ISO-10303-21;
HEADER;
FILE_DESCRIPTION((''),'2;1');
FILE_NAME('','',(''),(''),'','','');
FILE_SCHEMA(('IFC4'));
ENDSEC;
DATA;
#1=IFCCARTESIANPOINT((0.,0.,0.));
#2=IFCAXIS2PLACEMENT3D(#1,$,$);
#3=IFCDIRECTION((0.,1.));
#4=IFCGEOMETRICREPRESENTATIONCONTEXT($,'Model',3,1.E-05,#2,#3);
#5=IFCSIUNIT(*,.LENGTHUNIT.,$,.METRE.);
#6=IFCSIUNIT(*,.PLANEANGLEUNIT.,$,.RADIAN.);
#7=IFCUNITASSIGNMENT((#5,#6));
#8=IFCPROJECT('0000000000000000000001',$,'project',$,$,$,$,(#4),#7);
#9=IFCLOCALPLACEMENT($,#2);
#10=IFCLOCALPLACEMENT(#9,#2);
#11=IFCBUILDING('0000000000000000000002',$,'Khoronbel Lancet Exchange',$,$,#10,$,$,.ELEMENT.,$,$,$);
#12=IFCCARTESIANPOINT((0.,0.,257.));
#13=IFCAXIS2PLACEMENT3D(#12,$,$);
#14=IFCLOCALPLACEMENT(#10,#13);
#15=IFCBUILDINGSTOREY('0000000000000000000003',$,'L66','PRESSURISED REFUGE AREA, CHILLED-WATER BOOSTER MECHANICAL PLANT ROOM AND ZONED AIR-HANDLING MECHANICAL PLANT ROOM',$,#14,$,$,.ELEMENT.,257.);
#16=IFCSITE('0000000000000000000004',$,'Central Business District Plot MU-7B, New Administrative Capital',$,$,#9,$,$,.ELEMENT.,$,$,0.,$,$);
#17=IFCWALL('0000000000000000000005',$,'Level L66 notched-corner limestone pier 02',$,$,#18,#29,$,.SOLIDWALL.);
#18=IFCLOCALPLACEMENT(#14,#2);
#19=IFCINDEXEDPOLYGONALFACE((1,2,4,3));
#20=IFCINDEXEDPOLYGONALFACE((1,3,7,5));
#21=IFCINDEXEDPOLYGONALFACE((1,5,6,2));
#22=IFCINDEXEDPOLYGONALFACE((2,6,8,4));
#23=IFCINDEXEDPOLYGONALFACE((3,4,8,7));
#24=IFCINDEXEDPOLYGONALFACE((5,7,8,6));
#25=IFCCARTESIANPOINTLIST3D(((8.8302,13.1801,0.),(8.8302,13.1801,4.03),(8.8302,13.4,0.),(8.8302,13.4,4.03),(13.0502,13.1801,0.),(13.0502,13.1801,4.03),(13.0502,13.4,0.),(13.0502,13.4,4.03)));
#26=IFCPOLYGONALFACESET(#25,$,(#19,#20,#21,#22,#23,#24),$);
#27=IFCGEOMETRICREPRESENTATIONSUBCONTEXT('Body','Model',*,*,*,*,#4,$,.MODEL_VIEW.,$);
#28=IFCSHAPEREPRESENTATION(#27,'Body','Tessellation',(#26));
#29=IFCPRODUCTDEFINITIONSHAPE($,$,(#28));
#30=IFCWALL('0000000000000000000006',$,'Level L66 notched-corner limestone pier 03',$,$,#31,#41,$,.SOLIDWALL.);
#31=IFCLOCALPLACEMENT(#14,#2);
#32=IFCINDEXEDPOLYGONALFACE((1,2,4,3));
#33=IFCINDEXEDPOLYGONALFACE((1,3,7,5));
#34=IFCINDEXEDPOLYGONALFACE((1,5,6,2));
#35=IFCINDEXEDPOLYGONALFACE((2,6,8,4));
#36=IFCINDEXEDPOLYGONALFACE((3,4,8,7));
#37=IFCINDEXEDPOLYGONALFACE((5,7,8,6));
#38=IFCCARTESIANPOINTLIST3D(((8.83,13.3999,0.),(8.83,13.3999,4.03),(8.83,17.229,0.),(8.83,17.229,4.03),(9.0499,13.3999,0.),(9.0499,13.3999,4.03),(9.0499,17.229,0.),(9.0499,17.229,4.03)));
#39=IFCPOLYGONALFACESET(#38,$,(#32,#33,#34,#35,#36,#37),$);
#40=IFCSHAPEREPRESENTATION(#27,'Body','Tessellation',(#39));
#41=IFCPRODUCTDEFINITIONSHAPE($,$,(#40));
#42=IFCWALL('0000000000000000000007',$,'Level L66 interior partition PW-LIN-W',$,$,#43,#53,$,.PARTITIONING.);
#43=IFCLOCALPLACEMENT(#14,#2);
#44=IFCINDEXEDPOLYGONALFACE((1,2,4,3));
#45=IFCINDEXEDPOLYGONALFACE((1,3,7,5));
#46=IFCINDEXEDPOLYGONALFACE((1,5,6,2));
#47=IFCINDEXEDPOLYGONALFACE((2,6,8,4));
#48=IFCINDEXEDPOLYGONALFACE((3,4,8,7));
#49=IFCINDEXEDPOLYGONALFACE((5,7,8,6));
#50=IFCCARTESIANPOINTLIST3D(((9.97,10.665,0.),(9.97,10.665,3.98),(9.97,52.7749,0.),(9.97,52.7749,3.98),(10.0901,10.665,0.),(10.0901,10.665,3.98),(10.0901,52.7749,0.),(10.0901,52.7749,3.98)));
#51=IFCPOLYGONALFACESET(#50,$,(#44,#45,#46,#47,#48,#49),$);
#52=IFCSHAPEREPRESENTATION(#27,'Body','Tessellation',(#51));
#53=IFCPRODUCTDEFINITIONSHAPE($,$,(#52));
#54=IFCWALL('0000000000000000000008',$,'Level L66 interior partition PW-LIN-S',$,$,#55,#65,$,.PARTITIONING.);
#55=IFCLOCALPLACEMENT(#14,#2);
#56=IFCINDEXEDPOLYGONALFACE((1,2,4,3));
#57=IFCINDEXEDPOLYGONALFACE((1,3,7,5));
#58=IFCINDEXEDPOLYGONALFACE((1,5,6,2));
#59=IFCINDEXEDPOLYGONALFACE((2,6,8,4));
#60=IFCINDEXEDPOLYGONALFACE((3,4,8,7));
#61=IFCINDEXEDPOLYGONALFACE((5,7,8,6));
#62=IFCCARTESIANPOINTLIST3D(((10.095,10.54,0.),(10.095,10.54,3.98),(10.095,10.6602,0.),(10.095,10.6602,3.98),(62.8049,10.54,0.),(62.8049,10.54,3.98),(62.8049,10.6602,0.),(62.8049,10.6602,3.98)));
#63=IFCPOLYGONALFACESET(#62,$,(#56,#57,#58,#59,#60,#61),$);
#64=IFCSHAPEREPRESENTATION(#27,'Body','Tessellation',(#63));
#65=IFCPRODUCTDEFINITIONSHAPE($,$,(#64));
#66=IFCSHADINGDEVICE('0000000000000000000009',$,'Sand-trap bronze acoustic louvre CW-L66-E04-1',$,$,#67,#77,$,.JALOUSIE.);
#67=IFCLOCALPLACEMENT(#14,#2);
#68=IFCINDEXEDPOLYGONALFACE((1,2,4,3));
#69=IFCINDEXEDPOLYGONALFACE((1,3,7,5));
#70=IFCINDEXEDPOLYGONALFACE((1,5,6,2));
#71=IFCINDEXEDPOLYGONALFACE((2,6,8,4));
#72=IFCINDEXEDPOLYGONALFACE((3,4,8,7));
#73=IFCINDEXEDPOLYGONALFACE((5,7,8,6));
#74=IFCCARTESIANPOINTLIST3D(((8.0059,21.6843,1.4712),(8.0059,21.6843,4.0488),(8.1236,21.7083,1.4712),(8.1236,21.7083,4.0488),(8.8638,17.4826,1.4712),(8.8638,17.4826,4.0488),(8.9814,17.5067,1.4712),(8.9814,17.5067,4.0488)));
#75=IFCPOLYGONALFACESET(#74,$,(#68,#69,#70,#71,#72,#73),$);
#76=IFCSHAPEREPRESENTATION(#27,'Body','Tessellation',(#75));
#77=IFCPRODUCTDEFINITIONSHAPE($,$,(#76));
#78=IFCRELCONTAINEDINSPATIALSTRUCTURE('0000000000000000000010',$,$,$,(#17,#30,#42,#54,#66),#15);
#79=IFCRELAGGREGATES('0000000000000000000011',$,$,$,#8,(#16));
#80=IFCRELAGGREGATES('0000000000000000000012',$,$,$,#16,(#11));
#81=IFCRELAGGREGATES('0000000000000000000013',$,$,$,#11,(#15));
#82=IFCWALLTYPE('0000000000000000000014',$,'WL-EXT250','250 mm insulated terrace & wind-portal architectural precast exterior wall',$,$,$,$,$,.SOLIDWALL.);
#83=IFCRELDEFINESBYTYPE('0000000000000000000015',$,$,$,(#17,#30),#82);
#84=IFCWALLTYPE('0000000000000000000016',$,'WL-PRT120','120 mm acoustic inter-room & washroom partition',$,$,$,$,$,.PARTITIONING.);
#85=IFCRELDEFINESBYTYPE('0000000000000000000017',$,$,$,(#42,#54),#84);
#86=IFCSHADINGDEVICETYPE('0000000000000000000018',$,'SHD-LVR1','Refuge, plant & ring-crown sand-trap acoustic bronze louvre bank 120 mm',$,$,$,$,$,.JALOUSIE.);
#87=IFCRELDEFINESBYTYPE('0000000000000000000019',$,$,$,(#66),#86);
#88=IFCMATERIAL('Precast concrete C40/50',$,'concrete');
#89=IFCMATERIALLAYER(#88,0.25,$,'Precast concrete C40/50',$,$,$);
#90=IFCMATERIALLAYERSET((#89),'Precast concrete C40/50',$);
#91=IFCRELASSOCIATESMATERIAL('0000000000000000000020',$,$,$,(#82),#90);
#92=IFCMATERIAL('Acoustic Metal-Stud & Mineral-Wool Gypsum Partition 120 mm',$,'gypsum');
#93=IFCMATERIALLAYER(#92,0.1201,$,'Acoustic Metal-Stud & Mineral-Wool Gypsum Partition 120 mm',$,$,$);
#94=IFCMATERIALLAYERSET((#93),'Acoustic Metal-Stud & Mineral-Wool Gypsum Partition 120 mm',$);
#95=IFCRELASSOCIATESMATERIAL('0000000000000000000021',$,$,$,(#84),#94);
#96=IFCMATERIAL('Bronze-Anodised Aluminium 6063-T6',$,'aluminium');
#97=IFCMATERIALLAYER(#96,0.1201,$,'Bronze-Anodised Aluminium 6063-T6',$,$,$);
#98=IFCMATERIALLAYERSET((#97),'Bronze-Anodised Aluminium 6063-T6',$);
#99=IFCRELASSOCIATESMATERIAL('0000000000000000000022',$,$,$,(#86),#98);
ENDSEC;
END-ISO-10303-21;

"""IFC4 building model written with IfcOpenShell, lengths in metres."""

from ifc_helpers import new_model, si_unit, direction, frame, frame_2d, origin, origin_2d, place, context, subcontext, project, spatial, rectangle, extrude, material, layer, layer_set, type_object, element, save


model = new_model("IFC4")

# Units and contexts
model_context = context("Model", 3, precision=1e-05, world=origin(), true_north=direction((0.0, 1.0)))
body_context = subcontext(model_context, "Body", "Model", "MODEL_VIEW")
ifc_project = project(units=[si_unit("LENGTHUNIT", "METRE"), si_unit("PLANEANGLEUNIT", "RADIAN")], contexts=[model_context])

# Site, building, storey
site_placement = place(None, origin())
site = spatial("IfcSite", under=ifc_project, at=site_placement, Name="Central Business District Plot MU-7B, New Administrative Capital", CompositionType="ELEMENT", RefElevation=0.0)
building_placement = place(site_placement, origin())
building = spatial("IfcBuilding", under=site, at=building_placement, Name="Khoronbel Lancet Exchange", CompositionType="ELEMENT")
storey_placement = place(building_placement, frame((0.0, 0.0, 257.0)))
storey = spatial("IfcBuildingStorey", under=building, at=storey_placement, Name="L66", Description="PRESSURISED REFUGE AREA, CHILLED-WATER BOOSTER MECHANICAL PLANT ROOM AND ZONED AIR-HANDLING MECHANICAL PLANT ROOM", CompositionType="ELEMENT", Elevation=257.0)

# Shared definitions
ifc_material_1 = material(Name="Bronze-Anodised Aluminium 6063-T6", Category="aluminium")

# Walls
ifc_material_2 = material(Name="Precast concrete C40/50", Category="concrete")
ifc_layer_1 = layer(ifc_material_2, 0.25, Name="Precast concrete C40/50")
ifc_layer_set_1 = layer_set([ifc_layer_1], Name="Precast concrete C40/50")
wall_type_1 = type_object("IfcWallType", Name="WL-EXT250", Description="250 mm insulated terrace & wind-portal architectural precast exterior wall", PredefinedType="SOLIDWALL", material=ifc_layer_set_1)
wall_1_placement = place(storey_placement, frame((13.05, 13.29, 0.0), z_axis=(0.0, 0.0, 1.0), x_axis=(-1.0, 0.0, 0.0)))
element("IfcWall", 1, at=wall_1_placement, inside=storey, type_object=wall_type_1, Name="Level L66 notched-corner limestone pier 02", PredefinedType="SOLIDWALL", context=body_context, shape_type="SweptSolid", body=[
    extrude(rectangle(XDim=4.22, YDim=0.22, at=frame_2d((2.1099, 0.0))), origin(), (0.0, 0.0, 1.0), 4.03),
])
wall_2_placement = place(storey_placement, frame((8.9399, 13.3999, 0.0), z_axis=(0.0, 0.0, 1.0), x_axis=(0.0, 1.0, 0.0)))
element("IfcWall", 2, at=wall_2_placement, inside=storey, type_object=wall_type_1, Name="Level L66 notched-corner limestone pier 03", PredefinedType="SOLIDWALL", context=body_context, shape_type="SweptSolid", body=[
    extrude(rectangle(XDim=3.8291, YDim=0.22, at=frame_2d((1.9146, 0.0))), origin(), (0.0, 0.0, 1.0), 4.03),
])
ifc_material_3 = material(Name="Acoustic Metal-Stud & Mineral-Wool Gypsum Partition 120 mm", Category="gypsum")
ifc_layer_2 = layer(ifc_material_3, 0.1201, Name="Acoustic Metal-Stud & Mineral-Wool Gypsum Partition 120 mm")
ifc_layer_set_2 = layer_set([ifc_layer_2], Name="Acoustic Metal-Stud & Mineral-Wool Gypsum Partition 120 mm")
wall_type_2 = type_object("IfcWallType", Name="WL-PRT120", Description="120 mm acoustic inter-room & washroom partition", PredefinedType="PARTITIONING", material=ifc_layer_set_2)
wall_3_placement = place(storey_placement, frame((10.03, 10.665, 0.0), z_axis=(0.0, 0.0, 1.0), x_axis=(0.0, 1.0, 0.0)))
element("IfcWall", 3, at=wall_3_placement, inside=storey, type_object=wall_type_2, Name="Level L66 interior partition PW-LIN-W", PredefinedType="PARTITIONING", context=body_context, shape_type="SweptSolid", body=[
    extrude(rectangle(XDim=42.1099, YDim=0.1201, at=frame_2d((21.0549, 0.0))), origin(), (0.0, 0.0, 1.0), 3.98),
])
wall_4_placement = place(storey_placement, frame((10.095, 10.6001, 0.0), z_axis=(0.0, 0.0, 1.0), x_axis=(1.0, 0.0, 0.0)))
element("IfcWall", 4, at=wall_4_placement, inside=storey, type_object=wall_type_2, Name="Level L66 interior partition PW-LIN-S", PredefinedType="PARTITIONING", context=body_context, shape_type="SweptSolid", body=[
    extrude(rectangle(XDim=52.71, YDim=0.1201, at=frame_2d((26.355, 0.0))), origin(), (0.0, 0.0, 1.0), 3.98),
])

# Shading device
ifc_layer_3 = layer(ifc_material_1, 0.1201, Name="Bronze-Anodised Aluminium 6063-T6")
ifc_layer_set_3 = layer_set([ifc_layer_3], Name="Bronze-Anodised Aluminium 6063-T6")
shading_device_type = type_object("IfcShadingDeviceType", Name="SHD-LVR1", Description="Refuge, plant & ring-crown sand-trap acoustic bronze louvre bank 120 mm", PredefinedType="JALOUSIE", material=ifc_layer_set_3)
shading_device_placement = place(storey_placement, frame((8.4937, 19.5955, 1.4712), z_axis=(0.0, 0.0, 1.0), x_axis=(-0.200052, 0.979785, 0.0)))
element("IfcShadingDevice", 5, at=shading_device_placement, inside=storey, type_object=shading_device_type, Name="Sand-trap bronze acoustic louvre CW-L66-E04-1", PredefinedType="JALOUSIE", context=body_context, shape_type="SweptSolid", body=[
    extrude(rectangle(XDim=4.2883, YDim=0.1201, at=origin_2d()), origin(), (0.0, 0.0, 1.0), 2.5776),
])

save(model, "model.ifc")
